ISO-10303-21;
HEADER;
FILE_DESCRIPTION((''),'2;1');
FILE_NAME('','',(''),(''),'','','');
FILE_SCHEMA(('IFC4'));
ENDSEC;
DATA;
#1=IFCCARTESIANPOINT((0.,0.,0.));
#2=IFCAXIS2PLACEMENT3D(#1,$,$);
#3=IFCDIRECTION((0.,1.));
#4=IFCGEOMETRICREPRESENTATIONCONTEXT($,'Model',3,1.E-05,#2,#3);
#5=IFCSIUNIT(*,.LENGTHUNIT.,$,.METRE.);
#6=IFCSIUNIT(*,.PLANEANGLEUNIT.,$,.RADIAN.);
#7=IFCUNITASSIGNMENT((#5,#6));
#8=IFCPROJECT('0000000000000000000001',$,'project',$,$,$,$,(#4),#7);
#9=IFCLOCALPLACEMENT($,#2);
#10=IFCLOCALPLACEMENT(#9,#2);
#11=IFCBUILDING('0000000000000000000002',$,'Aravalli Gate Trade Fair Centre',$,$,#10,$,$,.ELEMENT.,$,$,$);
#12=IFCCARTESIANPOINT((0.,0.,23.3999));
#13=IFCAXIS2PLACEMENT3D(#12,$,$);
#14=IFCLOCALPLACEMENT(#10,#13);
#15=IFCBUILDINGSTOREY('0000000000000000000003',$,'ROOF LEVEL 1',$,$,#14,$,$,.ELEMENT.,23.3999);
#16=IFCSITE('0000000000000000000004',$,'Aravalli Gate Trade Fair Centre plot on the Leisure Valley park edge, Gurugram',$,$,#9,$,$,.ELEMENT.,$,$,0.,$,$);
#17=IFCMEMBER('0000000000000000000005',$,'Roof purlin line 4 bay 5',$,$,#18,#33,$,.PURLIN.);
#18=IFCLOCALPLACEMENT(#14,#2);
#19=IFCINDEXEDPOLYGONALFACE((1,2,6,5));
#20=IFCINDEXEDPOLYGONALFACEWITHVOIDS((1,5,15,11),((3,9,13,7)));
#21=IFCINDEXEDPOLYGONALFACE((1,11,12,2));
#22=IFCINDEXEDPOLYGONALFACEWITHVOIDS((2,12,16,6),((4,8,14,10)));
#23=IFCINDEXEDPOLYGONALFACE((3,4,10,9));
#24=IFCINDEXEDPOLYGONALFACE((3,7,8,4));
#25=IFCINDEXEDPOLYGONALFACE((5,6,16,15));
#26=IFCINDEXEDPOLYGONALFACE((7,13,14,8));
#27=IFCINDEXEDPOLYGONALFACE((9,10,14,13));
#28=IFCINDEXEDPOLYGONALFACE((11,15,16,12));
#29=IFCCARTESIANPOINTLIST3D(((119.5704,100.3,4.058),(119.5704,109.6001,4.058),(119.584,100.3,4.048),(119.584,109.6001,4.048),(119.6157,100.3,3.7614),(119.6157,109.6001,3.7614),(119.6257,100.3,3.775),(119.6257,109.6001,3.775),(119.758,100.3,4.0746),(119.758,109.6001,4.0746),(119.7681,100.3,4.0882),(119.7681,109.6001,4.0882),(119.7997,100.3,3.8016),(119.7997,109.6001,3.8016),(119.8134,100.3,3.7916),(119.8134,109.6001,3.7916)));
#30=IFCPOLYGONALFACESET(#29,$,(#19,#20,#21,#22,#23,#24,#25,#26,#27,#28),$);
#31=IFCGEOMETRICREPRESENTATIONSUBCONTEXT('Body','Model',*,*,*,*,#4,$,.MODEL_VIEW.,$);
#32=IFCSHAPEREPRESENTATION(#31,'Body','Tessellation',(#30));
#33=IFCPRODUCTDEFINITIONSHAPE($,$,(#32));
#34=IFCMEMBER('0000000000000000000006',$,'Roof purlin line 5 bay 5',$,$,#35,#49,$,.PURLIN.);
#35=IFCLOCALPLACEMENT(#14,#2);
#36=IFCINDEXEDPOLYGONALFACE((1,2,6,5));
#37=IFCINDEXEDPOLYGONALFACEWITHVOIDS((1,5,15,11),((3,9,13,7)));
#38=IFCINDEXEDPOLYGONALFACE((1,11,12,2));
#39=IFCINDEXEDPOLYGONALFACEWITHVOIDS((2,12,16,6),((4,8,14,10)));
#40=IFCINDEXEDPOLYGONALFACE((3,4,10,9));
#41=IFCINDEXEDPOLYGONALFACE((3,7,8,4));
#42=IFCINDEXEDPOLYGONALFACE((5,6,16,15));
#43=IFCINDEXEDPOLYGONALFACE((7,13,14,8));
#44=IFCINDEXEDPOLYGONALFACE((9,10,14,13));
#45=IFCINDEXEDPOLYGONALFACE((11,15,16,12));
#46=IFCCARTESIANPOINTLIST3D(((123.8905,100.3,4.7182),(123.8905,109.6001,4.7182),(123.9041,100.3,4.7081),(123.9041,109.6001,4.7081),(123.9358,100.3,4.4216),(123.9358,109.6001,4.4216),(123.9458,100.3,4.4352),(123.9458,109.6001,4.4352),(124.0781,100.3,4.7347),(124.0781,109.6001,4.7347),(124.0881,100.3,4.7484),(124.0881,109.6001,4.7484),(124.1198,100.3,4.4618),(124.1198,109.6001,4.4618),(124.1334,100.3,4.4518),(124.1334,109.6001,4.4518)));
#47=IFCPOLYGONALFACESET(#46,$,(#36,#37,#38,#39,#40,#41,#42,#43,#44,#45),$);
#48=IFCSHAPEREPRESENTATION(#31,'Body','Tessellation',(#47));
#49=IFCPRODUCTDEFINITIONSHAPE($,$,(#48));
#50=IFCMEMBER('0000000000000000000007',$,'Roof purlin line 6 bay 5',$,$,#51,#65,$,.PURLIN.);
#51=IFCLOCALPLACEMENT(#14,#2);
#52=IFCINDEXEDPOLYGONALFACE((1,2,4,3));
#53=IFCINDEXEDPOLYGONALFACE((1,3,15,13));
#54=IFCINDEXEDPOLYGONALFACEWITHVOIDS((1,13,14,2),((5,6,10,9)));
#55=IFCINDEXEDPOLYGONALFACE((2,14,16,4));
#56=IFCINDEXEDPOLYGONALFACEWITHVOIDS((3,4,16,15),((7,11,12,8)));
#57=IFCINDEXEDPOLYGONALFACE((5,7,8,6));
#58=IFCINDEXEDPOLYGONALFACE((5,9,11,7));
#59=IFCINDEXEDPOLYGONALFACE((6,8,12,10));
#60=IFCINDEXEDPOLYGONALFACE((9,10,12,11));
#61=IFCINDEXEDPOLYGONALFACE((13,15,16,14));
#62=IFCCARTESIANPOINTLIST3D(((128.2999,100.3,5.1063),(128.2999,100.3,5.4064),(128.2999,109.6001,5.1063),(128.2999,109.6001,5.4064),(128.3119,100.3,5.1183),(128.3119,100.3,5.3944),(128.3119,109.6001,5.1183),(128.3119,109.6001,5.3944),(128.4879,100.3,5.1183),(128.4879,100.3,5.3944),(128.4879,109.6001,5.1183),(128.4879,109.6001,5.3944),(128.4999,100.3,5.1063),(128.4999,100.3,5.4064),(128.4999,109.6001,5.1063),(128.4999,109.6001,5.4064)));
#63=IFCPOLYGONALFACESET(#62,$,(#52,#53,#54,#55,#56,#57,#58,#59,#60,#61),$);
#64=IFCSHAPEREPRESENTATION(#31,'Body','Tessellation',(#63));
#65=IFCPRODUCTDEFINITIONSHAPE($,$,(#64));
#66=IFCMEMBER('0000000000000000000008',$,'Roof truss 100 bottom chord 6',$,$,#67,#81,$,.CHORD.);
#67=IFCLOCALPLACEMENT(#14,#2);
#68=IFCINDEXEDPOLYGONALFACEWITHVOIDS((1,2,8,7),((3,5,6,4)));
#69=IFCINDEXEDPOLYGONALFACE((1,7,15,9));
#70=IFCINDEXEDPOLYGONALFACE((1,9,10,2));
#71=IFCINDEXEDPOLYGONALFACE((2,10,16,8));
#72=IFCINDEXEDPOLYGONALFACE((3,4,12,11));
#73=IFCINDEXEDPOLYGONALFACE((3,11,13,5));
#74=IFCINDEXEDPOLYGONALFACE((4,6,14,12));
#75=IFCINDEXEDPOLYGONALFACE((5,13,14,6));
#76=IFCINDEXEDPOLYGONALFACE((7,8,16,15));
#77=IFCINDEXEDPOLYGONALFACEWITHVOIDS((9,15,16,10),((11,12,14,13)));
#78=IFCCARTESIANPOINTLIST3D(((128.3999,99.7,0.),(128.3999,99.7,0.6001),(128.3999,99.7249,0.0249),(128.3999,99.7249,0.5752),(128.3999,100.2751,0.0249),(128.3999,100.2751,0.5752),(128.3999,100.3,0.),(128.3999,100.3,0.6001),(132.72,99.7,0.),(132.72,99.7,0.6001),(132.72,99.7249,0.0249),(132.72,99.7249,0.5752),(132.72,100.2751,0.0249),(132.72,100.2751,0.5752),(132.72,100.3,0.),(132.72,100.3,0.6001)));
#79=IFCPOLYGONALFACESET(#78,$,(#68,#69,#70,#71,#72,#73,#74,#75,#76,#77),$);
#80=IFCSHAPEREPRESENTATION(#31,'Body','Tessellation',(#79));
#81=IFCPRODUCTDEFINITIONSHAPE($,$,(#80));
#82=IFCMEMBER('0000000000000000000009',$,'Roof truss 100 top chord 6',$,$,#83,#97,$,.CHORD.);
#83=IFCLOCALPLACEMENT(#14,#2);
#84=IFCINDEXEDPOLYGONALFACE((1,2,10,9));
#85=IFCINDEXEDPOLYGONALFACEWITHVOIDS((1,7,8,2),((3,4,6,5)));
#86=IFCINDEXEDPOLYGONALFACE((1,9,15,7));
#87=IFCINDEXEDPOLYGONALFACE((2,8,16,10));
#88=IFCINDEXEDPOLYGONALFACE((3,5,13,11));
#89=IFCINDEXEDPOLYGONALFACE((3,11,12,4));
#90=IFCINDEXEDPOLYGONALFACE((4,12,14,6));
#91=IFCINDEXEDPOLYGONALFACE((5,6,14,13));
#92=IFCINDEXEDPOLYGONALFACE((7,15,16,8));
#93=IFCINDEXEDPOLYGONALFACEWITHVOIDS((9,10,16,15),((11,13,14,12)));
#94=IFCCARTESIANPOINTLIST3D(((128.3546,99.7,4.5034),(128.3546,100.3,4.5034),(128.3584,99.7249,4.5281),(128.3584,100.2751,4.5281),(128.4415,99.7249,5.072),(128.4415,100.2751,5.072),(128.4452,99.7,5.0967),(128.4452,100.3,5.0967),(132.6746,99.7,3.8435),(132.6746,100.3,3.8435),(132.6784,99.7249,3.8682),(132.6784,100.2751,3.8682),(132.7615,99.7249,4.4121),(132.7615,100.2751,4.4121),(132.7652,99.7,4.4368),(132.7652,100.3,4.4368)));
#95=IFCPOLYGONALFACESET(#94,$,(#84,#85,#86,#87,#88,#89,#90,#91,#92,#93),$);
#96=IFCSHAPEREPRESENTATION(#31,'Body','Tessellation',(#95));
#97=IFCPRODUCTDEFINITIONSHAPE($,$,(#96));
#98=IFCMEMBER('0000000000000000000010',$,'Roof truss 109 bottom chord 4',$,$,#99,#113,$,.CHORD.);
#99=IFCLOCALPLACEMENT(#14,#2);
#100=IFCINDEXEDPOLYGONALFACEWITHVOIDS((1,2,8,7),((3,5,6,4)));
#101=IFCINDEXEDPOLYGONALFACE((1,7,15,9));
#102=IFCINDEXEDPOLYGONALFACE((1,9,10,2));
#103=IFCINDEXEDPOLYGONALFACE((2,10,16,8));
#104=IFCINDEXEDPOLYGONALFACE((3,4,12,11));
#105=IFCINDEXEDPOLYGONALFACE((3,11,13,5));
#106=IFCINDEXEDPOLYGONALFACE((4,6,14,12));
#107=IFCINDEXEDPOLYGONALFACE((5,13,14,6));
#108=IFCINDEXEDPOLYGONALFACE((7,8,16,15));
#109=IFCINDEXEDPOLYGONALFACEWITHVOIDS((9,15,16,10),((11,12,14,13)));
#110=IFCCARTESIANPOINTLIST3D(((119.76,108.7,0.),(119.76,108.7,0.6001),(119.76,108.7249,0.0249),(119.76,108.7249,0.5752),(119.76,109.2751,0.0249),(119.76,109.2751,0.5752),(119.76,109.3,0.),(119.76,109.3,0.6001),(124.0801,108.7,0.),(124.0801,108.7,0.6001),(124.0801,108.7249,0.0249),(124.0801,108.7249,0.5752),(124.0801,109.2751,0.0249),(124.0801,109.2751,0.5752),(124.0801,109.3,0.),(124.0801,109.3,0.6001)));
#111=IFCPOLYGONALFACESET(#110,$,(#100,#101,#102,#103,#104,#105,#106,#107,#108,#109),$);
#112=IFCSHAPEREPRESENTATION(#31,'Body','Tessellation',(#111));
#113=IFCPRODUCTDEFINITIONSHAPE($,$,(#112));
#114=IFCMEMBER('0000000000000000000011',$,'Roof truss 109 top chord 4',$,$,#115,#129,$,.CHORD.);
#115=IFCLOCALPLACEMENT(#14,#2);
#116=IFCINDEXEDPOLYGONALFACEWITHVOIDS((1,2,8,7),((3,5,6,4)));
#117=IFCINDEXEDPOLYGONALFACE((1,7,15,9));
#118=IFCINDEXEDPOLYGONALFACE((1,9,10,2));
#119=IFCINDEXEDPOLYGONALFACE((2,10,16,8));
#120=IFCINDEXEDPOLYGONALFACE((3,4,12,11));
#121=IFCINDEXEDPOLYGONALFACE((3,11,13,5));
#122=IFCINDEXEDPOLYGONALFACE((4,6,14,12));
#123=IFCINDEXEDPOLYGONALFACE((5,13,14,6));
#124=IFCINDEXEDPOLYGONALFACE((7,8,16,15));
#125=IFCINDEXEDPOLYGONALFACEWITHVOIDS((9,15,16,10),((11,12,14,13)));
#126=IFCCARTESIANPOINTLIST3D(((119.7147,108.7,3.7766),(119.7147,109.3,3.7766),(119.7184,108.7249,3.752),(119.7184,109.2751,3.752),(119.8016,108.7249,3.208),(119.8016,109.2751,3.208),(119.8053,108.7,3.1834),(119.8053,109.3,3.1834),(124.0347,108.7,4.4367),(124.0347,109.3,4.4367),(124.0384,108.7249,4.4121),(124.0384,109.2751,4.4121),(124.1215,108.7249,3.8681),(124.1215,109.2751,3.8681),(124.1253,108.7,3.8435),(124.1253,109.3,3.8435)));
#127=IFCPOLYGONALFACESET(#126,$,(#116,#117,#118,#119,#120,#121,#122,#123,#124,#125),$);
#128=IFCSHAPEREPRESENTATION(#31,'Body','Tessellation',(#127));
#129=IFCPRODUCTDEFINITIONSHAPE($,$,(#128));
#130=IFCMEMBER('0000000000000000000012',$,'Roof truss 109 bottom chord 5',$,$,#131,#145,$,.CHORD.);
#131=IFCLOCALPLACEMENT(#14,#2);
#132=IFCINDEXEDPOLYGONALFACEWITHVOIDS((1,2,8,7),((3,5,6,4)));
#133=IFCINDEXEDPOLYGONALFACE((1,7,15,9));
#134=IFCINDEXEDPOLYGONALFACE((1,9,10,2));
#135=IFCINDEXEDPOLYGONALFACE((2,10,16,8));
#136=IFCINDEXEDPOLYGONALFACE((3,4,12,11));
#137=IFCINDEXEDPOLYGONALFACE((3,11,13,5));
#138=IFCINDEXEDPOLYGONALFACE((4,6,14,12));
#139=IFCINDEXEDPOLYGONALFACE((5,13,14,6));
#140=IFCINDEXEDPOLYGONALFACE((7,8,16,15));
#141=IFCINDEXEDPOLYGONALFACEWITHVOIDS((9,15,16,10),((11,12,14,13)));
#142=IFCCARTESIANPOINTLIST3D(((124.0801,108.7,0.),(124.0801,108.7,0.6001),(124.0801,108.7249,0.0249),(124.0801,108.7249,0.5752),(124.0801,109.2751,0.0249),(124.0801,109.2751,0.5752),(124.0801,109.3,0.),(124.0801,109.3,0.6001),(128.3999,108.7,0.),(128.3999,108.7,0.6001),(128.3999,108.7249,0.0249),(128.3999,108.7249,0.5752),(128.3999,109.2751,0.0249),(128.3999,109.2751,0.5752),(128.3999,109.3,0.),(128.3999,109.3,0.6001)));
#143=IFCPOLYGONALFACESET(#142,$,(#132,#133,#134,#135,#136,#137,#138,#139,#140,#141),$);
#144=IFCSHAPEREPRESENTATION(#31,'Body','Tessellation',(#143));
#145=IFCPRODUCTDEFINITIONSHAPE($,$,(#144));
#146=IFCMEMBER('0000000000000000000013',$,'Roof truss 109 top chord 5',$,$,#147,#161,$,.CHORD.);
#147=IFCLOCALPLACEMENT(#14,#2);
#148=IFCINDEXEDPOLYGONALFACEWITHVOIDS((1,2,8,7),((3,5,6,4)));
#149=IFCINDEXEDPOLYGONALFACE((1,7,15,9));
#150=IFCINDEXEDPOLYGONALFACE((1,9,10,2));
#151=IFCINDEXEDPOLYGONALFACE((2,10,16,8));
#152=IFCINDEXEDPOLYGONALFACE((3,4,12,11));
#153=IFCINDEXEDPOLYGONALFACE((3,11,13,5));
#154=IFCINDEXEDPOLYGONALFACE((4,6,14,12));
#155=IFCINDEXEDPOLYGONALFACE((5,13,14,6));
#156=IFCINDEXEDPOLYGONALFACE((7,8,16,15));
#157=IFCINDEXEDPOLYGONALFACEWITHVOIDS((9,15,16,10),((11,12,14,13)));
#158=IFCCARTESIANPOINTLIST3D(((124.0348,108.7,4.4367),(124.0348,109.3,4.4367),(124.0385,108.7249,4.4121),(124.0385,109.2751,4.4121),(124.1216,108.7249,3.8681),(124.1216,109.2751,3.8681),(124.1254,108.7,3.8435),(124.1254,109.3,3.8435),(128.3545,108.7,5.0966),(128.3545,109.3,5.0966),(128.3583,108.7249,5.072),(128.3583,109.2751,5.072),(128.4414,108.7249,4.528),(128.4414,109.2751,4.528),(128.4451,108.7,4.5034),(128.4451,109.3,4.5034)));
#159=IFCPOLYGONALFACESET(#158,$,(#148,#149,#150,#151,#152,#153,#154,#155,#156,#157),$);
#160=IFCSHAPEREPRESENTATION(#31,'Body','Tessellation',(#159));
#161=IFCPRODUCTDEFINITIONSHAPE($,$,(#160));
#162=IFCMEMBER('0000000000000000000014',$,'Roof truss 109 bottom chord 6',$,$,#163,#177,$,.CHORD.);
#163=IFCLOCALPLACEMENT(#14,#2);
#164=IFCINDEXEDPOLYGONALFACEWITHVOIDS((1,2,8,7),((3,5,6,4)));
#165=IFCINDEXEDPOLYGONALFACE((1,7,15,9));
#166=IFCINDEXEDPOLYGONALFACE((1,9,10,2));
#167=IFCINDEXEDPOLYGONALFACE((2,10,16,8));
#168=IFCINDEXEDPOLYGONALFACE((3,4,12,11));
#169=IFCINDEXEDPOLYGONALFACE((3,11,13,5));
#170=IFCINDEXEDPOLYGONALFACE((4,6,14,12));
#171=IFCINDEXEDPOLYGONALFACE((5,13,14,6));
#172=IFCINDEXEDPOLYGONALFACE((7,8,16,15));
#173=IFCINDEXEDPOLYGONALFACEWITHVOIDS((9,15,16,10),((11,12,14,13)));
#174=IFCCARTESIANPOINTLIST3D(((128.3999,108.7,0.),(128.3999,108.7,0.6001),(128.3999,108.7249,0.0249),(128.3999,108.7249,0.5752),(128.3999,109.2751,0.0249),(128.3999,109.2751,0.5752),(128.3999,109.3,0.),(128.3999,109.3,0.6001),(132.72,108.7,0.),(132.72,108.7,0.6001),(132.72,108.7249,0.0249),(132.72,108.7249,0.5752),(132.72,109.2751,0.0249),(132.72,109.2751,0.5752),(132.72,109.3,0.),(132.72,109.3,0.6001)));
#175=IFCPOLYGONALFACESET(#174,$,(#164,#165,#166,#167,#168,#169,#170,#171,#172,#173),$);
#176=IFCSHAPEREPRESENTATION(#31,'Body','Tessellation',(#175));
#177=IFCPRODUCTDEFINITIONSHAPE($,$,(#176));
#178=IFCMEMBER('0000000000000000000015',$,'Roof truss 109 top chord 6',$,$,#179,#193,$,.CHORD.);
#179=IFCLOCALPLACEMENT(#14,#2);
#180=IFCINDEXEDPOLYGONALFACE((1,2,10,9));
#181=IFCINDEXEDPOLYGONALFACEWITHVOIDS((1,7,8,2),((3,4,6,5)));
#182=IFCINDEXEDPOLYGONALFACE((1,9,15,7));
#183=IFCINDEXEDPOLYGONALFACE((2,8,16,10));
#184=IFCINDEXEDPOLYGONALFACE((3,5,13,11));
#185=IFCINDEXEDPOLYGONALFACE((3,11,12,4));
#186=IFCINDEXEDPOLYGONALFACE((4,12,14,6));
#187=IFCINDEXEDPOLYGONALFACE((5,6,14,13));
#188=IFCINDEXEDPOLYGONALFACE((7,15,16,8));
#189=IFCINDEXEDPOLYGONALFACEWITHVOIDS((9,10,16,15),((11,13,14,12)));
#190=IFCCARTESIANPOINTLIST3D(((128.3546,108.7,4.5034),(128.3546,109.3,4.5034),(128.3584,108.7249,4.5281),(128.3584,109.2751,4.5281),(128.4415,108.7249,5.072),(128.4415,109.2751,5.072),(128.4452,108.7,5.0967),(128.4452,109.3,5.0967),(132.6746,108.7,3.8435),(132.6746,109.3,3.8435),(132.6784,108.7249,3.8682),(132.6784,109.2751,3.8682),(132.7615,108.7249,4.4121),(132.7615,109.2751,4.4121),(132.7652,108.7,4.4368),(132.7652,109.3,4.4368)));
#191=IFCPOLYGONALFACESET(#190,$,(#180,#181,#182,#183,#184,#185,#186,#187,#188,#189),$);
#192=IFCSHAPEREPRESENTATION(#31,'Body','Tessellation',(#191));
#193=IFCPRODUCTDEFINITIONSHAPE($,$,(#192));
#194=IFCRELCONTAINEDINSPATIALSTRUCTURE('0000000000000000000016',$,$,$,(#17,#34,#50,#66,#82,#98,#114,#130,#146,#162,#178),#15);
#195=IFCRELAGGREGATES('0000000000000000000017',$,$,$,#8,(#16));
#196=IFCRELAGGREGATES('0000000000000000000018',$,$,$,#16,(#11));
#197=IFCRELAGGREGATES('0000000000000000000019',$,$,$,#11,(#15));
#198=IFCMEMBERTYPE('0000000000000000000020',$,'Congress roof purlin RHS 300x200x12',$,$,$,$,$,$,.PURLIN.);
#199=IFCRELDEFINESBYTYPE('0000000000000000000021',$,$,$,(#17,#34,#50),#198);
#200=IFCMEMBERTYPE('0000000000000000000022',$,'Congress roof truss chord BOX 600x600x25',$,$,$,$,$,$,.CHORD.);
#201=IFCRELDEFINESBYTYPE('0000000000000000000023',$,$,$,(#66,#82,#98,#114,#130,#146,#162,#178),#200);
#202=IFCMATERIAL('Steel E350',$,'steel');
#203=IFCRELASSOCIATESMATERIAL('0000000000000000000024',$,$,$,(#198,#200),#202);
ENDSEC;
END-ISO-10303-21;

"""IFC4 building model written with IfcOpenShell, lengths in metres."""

from ifc_helpers import new_model, si_unit, direction, frame, origin, origin_2d, place, context, subcontext, project, spatial, hollow_rectangle, extrude, material, material_profile, profile_set, type_object, element, save


model = new_model("IFC4")

# Units and contexts
model_context = context("Model", 3, precision=1e-05, world=origin(), true_north=direction((0.0, 1.0)))
body_context = subcontext(model_context, "Body", "Model", "MODEL_VIEW")
ifc_project = project(units=[si_unit("LENGTHUNIT", "METRE"), si_unit("PLANEANGLEUNIT", "RADIAN")], contexts=[model_context])

# Site, building, storey
site_placement = place(None, origin())
site = spatial("IfcSite", under=ifc_project, at=site_placement, Name="Aravalli Gate Trade Fair Centre plot on the Leisure Valley park edge, Gurugram", CompositionType="ELEMENT", RefElevation=0.0)
building_placement = place(site_placement, origin())
building = spatial("IfcBuilding", under=site, at=building_placement, Name="Aravalli Gate Trade Fair Centre", CompositionType="ELEMENT")
storey_placement = place(building_placement, frame((0.0, 0.0, 23.3999)))
storey = spatial("IfcBuildingStorey", under=building, at=storey_placement, Name="ROOF LEVEL 1", CompositionType="ELEMENT", Elevation=23.3999)

# Members
ifc_material = material(Name="Steel E350", Category="steel")
ifc_material_profile_1 = material_profile(ifc_material, hollow_rectangle(XDim=0.2, YDim=0.3, WallThickness=0.012, at=origin_2d()), Name="RHS 300x200x12")
ifc_profile_set_1 = profile_set([ifc_material_profile_1], Name="Steel E350")
member_type_1 = type_object("IfcMemberType", Name="Congress roof purlin RHS 300x200x12", PredefinedType="PURLIN", material=ifc_profile_set_1)
for number, where, z_axis, x_axis, name in (
    (1, (119.6919, 100.3, 3.9248), (0.0, 1.0, 0.0), (-0.98853, 0.0, -0.151026), "Roof purlin line 4 bay 5"),
    (2, (124.012, 100.3, 4.585), (0.0, 1.0, 0.0), (-0.98853, 0.0, -0.151026), "Roof purlin line 5 bay 5"),
    (3, (128.3999, 100.3, 5.2563), (0.0, 1.0, 0.0), (-1.0, 0.0, 0.0), "Roof purlin line 6 bay 5"),
):
    element("IfcMember", number, at=place(storey_placement, frame(where, z_axis=z_axis, x_axis=x_axis)), inside=storey, type_object=member_type_1, Name=name, PredefinedType="PURLIN", context=body_context, shape_type="SweptSolid", body=[
        extrude(hollow_rectangle(XDim=0.2, YDim=0.3, WallThickness=0.012, at=origin_2d()), origin(), (0.0, 0.0, 1.0), 9.3),
    ])
ifc_material_profile_2 = material_profile(ifc_material, hollow_rectangle(XDim=0.6001, YDim=0.6001, WallThickness=0.0249, at=origin_2d()), Name="BOX 600x600x25")
ifc_profile_set_2 = profile_set([ifc_material_profile_2], Name="Steel E350")
member_type_2 = type_object("IfcMemberType", Name="Congress roof truss chord BOX 600x600x25", PredefinedType="CHORD", material=ifc_profile_set_2)
member_1_placement = place(storey_placement, frame((128.3999, 100.0, 0.3), z_axis=(1.0, 0.0, 0.0), x_axis=(0.0, 1.0, 0.0)))
element("IfcMember", 4, at=member_1_placement, inside=storey, type_object=member_type_2, Name="Roof truss 100 bottom chord 6", PredefinedType="CHORD", context=body_context, shape_type="SweptSolid", body=[
    extrude(hollow_rectangle(XDim=0.6001, YDim=0.6001, WallThickness=0.0249, at=origin_2d()), origin(), (0.0, 0.0, 1.0), 4.3201),
])
member_2_placement = place(storey_placement, frame((128.3999, 100.0, 4.8), z_axis=(0.988533, 0.0, -0.151003), x_axis=(0.0, 1.0, 0.0)))
element("IfcMember", 5, at=member_2_placement, inside=storey, type_object=member_type_2, Name="Roof truss 100 top chord 6", PredefinedType="CHORD", context=body_context, shape_type="SweptSolid", body=[
    extrude(hollow_rectangle(XDim=0.6001, YDim=0.6001, WallThickness=0.0249, at=origin_2d()), origin(), (0.0, 0.0, 1.0), 4.3701),
])
member_3_placement = place(storey_placement, frame((119.76, 109.0, 0.3), z_axis=(1.0, 0.0, 0.0), x_axis=(0.0, 1.0, 0.0)))
element("IfcMember", 6, at=member_3_placement, inside=storey, type_object=member_type_2, Name="Roof truss 109 bottom chord 4", PredefinedType="CHORD", context=body_context, shape_type="SweptSolid", body=[
    extrude(hollow_rectangle(XDim=0.6001, YDim=0.6001, WallThickness=0.0249, at=origin_2d()), origin(), (0.0, 0.0, 1.0), 4.3201),
])
member_4_placement = place(storey_placement, frame((119.76, 109.0, 3.48), z_axis=(0.988525, 0.0, 0.151058), x_axis=(0.0, 1.0, 0.0)))
element("IfcMember", 7, at=member_4_placement, inside=storey, type_object=member_type_2, Name="Roof truss 109 top chord 4", PredefinedType="CHORD", context=body_context, shape_type="SweptSolid", body=[
    extrude(hollow_rectangle(XDim=0.6001, YDim=0.6001, WallThickness=0.0249, at=origin_2d()), origin(), (0.0, 0.0, 1.0), 4.3701),
])
member_5_placement = place(storey_placement, frame((124.0801, 109.0, 0.3), z_axis=(1.0, 0.0, 0.0), x_axis=(0.0, 1.0, 0.0)))
element("IfcMember", 8, at=member_5_placement, inside=storey, type_object=member_type_2, Name="Roof truss 109 bottom chord 5", PredefinedType="CHORD", context=body_context, shape_type="SweptSolid", body=[
    extrude(hollow_rectangle(XDim=0.6001, YDim=0.6001, WallThickness=0.0249, at=origin_2d()), origin(), (0.0, 0.0, 1.0), 4.3198),
])
member_6_placement = place(storey_placement, frame((124.0801, 109.0, 4.1401), z_axis=(0.988532, 0.0, 0.151012), x_axis=(0.0, 1.0, 0.0)))
element("IfcMember", 9, at=member_6_placement, inside=storey, type_object=member_type_2, Name="Roof truss 109 top chord 5", PredefinedType="CHORD", context=body_context, shape_type="SweptSolid", body=[
    extrude(hollow_rectangle(XDim=0.6001, YDim=0.6001, WallThickness=0.0249, at=origin_2d()), origin(), (0.0, 0.0, 1.0), 4.3699),
])
member_7_placement = place(storey_placement, frame((128.3999, 109.0, 0.3), z_axis=(1.0, 0.0, 0.0), x_axis=(0.0, 1.0, 0.0)))
element("IfcMember", 10, at=member_7_placement, inside=storey, type_object=member_type_2, Name="Roof truss 109 bottom chord 6", PredefinedType="CHORD", context=body_context, shape_type="SweptSolid", body=[
    extrude(hollow_rectangle(XDim=0.6001, YDim=0.6001, WallThickness=0.0249, at=origin_2d()), origin(), (0.0, 0.0, 1.0), 4.3201),
])
member_8_placement = place(storey_placement, frame((128.3999, 109.0, 4.8), z_axis=(0.988533, 0.0, -0.151003), x_axis=(0.0, 1.0, 0.0)))
element("IfcMember", 11, at=member_8_placement, inside=storey, type_object=member_type_2, Name="Roof truss 109 top chord 6", PredefinedType="CHORD", context=body_context, shape_type="SweptSolid", body=[
    extrude(hollow_rectangle(XDim=0.6001, YDim=0.6001, WallThickness=0.0249, at=origin_2d()), origin(), (0.0, 0.0, 1.0), 4.3701),
])

save(model, "model.ifc")
